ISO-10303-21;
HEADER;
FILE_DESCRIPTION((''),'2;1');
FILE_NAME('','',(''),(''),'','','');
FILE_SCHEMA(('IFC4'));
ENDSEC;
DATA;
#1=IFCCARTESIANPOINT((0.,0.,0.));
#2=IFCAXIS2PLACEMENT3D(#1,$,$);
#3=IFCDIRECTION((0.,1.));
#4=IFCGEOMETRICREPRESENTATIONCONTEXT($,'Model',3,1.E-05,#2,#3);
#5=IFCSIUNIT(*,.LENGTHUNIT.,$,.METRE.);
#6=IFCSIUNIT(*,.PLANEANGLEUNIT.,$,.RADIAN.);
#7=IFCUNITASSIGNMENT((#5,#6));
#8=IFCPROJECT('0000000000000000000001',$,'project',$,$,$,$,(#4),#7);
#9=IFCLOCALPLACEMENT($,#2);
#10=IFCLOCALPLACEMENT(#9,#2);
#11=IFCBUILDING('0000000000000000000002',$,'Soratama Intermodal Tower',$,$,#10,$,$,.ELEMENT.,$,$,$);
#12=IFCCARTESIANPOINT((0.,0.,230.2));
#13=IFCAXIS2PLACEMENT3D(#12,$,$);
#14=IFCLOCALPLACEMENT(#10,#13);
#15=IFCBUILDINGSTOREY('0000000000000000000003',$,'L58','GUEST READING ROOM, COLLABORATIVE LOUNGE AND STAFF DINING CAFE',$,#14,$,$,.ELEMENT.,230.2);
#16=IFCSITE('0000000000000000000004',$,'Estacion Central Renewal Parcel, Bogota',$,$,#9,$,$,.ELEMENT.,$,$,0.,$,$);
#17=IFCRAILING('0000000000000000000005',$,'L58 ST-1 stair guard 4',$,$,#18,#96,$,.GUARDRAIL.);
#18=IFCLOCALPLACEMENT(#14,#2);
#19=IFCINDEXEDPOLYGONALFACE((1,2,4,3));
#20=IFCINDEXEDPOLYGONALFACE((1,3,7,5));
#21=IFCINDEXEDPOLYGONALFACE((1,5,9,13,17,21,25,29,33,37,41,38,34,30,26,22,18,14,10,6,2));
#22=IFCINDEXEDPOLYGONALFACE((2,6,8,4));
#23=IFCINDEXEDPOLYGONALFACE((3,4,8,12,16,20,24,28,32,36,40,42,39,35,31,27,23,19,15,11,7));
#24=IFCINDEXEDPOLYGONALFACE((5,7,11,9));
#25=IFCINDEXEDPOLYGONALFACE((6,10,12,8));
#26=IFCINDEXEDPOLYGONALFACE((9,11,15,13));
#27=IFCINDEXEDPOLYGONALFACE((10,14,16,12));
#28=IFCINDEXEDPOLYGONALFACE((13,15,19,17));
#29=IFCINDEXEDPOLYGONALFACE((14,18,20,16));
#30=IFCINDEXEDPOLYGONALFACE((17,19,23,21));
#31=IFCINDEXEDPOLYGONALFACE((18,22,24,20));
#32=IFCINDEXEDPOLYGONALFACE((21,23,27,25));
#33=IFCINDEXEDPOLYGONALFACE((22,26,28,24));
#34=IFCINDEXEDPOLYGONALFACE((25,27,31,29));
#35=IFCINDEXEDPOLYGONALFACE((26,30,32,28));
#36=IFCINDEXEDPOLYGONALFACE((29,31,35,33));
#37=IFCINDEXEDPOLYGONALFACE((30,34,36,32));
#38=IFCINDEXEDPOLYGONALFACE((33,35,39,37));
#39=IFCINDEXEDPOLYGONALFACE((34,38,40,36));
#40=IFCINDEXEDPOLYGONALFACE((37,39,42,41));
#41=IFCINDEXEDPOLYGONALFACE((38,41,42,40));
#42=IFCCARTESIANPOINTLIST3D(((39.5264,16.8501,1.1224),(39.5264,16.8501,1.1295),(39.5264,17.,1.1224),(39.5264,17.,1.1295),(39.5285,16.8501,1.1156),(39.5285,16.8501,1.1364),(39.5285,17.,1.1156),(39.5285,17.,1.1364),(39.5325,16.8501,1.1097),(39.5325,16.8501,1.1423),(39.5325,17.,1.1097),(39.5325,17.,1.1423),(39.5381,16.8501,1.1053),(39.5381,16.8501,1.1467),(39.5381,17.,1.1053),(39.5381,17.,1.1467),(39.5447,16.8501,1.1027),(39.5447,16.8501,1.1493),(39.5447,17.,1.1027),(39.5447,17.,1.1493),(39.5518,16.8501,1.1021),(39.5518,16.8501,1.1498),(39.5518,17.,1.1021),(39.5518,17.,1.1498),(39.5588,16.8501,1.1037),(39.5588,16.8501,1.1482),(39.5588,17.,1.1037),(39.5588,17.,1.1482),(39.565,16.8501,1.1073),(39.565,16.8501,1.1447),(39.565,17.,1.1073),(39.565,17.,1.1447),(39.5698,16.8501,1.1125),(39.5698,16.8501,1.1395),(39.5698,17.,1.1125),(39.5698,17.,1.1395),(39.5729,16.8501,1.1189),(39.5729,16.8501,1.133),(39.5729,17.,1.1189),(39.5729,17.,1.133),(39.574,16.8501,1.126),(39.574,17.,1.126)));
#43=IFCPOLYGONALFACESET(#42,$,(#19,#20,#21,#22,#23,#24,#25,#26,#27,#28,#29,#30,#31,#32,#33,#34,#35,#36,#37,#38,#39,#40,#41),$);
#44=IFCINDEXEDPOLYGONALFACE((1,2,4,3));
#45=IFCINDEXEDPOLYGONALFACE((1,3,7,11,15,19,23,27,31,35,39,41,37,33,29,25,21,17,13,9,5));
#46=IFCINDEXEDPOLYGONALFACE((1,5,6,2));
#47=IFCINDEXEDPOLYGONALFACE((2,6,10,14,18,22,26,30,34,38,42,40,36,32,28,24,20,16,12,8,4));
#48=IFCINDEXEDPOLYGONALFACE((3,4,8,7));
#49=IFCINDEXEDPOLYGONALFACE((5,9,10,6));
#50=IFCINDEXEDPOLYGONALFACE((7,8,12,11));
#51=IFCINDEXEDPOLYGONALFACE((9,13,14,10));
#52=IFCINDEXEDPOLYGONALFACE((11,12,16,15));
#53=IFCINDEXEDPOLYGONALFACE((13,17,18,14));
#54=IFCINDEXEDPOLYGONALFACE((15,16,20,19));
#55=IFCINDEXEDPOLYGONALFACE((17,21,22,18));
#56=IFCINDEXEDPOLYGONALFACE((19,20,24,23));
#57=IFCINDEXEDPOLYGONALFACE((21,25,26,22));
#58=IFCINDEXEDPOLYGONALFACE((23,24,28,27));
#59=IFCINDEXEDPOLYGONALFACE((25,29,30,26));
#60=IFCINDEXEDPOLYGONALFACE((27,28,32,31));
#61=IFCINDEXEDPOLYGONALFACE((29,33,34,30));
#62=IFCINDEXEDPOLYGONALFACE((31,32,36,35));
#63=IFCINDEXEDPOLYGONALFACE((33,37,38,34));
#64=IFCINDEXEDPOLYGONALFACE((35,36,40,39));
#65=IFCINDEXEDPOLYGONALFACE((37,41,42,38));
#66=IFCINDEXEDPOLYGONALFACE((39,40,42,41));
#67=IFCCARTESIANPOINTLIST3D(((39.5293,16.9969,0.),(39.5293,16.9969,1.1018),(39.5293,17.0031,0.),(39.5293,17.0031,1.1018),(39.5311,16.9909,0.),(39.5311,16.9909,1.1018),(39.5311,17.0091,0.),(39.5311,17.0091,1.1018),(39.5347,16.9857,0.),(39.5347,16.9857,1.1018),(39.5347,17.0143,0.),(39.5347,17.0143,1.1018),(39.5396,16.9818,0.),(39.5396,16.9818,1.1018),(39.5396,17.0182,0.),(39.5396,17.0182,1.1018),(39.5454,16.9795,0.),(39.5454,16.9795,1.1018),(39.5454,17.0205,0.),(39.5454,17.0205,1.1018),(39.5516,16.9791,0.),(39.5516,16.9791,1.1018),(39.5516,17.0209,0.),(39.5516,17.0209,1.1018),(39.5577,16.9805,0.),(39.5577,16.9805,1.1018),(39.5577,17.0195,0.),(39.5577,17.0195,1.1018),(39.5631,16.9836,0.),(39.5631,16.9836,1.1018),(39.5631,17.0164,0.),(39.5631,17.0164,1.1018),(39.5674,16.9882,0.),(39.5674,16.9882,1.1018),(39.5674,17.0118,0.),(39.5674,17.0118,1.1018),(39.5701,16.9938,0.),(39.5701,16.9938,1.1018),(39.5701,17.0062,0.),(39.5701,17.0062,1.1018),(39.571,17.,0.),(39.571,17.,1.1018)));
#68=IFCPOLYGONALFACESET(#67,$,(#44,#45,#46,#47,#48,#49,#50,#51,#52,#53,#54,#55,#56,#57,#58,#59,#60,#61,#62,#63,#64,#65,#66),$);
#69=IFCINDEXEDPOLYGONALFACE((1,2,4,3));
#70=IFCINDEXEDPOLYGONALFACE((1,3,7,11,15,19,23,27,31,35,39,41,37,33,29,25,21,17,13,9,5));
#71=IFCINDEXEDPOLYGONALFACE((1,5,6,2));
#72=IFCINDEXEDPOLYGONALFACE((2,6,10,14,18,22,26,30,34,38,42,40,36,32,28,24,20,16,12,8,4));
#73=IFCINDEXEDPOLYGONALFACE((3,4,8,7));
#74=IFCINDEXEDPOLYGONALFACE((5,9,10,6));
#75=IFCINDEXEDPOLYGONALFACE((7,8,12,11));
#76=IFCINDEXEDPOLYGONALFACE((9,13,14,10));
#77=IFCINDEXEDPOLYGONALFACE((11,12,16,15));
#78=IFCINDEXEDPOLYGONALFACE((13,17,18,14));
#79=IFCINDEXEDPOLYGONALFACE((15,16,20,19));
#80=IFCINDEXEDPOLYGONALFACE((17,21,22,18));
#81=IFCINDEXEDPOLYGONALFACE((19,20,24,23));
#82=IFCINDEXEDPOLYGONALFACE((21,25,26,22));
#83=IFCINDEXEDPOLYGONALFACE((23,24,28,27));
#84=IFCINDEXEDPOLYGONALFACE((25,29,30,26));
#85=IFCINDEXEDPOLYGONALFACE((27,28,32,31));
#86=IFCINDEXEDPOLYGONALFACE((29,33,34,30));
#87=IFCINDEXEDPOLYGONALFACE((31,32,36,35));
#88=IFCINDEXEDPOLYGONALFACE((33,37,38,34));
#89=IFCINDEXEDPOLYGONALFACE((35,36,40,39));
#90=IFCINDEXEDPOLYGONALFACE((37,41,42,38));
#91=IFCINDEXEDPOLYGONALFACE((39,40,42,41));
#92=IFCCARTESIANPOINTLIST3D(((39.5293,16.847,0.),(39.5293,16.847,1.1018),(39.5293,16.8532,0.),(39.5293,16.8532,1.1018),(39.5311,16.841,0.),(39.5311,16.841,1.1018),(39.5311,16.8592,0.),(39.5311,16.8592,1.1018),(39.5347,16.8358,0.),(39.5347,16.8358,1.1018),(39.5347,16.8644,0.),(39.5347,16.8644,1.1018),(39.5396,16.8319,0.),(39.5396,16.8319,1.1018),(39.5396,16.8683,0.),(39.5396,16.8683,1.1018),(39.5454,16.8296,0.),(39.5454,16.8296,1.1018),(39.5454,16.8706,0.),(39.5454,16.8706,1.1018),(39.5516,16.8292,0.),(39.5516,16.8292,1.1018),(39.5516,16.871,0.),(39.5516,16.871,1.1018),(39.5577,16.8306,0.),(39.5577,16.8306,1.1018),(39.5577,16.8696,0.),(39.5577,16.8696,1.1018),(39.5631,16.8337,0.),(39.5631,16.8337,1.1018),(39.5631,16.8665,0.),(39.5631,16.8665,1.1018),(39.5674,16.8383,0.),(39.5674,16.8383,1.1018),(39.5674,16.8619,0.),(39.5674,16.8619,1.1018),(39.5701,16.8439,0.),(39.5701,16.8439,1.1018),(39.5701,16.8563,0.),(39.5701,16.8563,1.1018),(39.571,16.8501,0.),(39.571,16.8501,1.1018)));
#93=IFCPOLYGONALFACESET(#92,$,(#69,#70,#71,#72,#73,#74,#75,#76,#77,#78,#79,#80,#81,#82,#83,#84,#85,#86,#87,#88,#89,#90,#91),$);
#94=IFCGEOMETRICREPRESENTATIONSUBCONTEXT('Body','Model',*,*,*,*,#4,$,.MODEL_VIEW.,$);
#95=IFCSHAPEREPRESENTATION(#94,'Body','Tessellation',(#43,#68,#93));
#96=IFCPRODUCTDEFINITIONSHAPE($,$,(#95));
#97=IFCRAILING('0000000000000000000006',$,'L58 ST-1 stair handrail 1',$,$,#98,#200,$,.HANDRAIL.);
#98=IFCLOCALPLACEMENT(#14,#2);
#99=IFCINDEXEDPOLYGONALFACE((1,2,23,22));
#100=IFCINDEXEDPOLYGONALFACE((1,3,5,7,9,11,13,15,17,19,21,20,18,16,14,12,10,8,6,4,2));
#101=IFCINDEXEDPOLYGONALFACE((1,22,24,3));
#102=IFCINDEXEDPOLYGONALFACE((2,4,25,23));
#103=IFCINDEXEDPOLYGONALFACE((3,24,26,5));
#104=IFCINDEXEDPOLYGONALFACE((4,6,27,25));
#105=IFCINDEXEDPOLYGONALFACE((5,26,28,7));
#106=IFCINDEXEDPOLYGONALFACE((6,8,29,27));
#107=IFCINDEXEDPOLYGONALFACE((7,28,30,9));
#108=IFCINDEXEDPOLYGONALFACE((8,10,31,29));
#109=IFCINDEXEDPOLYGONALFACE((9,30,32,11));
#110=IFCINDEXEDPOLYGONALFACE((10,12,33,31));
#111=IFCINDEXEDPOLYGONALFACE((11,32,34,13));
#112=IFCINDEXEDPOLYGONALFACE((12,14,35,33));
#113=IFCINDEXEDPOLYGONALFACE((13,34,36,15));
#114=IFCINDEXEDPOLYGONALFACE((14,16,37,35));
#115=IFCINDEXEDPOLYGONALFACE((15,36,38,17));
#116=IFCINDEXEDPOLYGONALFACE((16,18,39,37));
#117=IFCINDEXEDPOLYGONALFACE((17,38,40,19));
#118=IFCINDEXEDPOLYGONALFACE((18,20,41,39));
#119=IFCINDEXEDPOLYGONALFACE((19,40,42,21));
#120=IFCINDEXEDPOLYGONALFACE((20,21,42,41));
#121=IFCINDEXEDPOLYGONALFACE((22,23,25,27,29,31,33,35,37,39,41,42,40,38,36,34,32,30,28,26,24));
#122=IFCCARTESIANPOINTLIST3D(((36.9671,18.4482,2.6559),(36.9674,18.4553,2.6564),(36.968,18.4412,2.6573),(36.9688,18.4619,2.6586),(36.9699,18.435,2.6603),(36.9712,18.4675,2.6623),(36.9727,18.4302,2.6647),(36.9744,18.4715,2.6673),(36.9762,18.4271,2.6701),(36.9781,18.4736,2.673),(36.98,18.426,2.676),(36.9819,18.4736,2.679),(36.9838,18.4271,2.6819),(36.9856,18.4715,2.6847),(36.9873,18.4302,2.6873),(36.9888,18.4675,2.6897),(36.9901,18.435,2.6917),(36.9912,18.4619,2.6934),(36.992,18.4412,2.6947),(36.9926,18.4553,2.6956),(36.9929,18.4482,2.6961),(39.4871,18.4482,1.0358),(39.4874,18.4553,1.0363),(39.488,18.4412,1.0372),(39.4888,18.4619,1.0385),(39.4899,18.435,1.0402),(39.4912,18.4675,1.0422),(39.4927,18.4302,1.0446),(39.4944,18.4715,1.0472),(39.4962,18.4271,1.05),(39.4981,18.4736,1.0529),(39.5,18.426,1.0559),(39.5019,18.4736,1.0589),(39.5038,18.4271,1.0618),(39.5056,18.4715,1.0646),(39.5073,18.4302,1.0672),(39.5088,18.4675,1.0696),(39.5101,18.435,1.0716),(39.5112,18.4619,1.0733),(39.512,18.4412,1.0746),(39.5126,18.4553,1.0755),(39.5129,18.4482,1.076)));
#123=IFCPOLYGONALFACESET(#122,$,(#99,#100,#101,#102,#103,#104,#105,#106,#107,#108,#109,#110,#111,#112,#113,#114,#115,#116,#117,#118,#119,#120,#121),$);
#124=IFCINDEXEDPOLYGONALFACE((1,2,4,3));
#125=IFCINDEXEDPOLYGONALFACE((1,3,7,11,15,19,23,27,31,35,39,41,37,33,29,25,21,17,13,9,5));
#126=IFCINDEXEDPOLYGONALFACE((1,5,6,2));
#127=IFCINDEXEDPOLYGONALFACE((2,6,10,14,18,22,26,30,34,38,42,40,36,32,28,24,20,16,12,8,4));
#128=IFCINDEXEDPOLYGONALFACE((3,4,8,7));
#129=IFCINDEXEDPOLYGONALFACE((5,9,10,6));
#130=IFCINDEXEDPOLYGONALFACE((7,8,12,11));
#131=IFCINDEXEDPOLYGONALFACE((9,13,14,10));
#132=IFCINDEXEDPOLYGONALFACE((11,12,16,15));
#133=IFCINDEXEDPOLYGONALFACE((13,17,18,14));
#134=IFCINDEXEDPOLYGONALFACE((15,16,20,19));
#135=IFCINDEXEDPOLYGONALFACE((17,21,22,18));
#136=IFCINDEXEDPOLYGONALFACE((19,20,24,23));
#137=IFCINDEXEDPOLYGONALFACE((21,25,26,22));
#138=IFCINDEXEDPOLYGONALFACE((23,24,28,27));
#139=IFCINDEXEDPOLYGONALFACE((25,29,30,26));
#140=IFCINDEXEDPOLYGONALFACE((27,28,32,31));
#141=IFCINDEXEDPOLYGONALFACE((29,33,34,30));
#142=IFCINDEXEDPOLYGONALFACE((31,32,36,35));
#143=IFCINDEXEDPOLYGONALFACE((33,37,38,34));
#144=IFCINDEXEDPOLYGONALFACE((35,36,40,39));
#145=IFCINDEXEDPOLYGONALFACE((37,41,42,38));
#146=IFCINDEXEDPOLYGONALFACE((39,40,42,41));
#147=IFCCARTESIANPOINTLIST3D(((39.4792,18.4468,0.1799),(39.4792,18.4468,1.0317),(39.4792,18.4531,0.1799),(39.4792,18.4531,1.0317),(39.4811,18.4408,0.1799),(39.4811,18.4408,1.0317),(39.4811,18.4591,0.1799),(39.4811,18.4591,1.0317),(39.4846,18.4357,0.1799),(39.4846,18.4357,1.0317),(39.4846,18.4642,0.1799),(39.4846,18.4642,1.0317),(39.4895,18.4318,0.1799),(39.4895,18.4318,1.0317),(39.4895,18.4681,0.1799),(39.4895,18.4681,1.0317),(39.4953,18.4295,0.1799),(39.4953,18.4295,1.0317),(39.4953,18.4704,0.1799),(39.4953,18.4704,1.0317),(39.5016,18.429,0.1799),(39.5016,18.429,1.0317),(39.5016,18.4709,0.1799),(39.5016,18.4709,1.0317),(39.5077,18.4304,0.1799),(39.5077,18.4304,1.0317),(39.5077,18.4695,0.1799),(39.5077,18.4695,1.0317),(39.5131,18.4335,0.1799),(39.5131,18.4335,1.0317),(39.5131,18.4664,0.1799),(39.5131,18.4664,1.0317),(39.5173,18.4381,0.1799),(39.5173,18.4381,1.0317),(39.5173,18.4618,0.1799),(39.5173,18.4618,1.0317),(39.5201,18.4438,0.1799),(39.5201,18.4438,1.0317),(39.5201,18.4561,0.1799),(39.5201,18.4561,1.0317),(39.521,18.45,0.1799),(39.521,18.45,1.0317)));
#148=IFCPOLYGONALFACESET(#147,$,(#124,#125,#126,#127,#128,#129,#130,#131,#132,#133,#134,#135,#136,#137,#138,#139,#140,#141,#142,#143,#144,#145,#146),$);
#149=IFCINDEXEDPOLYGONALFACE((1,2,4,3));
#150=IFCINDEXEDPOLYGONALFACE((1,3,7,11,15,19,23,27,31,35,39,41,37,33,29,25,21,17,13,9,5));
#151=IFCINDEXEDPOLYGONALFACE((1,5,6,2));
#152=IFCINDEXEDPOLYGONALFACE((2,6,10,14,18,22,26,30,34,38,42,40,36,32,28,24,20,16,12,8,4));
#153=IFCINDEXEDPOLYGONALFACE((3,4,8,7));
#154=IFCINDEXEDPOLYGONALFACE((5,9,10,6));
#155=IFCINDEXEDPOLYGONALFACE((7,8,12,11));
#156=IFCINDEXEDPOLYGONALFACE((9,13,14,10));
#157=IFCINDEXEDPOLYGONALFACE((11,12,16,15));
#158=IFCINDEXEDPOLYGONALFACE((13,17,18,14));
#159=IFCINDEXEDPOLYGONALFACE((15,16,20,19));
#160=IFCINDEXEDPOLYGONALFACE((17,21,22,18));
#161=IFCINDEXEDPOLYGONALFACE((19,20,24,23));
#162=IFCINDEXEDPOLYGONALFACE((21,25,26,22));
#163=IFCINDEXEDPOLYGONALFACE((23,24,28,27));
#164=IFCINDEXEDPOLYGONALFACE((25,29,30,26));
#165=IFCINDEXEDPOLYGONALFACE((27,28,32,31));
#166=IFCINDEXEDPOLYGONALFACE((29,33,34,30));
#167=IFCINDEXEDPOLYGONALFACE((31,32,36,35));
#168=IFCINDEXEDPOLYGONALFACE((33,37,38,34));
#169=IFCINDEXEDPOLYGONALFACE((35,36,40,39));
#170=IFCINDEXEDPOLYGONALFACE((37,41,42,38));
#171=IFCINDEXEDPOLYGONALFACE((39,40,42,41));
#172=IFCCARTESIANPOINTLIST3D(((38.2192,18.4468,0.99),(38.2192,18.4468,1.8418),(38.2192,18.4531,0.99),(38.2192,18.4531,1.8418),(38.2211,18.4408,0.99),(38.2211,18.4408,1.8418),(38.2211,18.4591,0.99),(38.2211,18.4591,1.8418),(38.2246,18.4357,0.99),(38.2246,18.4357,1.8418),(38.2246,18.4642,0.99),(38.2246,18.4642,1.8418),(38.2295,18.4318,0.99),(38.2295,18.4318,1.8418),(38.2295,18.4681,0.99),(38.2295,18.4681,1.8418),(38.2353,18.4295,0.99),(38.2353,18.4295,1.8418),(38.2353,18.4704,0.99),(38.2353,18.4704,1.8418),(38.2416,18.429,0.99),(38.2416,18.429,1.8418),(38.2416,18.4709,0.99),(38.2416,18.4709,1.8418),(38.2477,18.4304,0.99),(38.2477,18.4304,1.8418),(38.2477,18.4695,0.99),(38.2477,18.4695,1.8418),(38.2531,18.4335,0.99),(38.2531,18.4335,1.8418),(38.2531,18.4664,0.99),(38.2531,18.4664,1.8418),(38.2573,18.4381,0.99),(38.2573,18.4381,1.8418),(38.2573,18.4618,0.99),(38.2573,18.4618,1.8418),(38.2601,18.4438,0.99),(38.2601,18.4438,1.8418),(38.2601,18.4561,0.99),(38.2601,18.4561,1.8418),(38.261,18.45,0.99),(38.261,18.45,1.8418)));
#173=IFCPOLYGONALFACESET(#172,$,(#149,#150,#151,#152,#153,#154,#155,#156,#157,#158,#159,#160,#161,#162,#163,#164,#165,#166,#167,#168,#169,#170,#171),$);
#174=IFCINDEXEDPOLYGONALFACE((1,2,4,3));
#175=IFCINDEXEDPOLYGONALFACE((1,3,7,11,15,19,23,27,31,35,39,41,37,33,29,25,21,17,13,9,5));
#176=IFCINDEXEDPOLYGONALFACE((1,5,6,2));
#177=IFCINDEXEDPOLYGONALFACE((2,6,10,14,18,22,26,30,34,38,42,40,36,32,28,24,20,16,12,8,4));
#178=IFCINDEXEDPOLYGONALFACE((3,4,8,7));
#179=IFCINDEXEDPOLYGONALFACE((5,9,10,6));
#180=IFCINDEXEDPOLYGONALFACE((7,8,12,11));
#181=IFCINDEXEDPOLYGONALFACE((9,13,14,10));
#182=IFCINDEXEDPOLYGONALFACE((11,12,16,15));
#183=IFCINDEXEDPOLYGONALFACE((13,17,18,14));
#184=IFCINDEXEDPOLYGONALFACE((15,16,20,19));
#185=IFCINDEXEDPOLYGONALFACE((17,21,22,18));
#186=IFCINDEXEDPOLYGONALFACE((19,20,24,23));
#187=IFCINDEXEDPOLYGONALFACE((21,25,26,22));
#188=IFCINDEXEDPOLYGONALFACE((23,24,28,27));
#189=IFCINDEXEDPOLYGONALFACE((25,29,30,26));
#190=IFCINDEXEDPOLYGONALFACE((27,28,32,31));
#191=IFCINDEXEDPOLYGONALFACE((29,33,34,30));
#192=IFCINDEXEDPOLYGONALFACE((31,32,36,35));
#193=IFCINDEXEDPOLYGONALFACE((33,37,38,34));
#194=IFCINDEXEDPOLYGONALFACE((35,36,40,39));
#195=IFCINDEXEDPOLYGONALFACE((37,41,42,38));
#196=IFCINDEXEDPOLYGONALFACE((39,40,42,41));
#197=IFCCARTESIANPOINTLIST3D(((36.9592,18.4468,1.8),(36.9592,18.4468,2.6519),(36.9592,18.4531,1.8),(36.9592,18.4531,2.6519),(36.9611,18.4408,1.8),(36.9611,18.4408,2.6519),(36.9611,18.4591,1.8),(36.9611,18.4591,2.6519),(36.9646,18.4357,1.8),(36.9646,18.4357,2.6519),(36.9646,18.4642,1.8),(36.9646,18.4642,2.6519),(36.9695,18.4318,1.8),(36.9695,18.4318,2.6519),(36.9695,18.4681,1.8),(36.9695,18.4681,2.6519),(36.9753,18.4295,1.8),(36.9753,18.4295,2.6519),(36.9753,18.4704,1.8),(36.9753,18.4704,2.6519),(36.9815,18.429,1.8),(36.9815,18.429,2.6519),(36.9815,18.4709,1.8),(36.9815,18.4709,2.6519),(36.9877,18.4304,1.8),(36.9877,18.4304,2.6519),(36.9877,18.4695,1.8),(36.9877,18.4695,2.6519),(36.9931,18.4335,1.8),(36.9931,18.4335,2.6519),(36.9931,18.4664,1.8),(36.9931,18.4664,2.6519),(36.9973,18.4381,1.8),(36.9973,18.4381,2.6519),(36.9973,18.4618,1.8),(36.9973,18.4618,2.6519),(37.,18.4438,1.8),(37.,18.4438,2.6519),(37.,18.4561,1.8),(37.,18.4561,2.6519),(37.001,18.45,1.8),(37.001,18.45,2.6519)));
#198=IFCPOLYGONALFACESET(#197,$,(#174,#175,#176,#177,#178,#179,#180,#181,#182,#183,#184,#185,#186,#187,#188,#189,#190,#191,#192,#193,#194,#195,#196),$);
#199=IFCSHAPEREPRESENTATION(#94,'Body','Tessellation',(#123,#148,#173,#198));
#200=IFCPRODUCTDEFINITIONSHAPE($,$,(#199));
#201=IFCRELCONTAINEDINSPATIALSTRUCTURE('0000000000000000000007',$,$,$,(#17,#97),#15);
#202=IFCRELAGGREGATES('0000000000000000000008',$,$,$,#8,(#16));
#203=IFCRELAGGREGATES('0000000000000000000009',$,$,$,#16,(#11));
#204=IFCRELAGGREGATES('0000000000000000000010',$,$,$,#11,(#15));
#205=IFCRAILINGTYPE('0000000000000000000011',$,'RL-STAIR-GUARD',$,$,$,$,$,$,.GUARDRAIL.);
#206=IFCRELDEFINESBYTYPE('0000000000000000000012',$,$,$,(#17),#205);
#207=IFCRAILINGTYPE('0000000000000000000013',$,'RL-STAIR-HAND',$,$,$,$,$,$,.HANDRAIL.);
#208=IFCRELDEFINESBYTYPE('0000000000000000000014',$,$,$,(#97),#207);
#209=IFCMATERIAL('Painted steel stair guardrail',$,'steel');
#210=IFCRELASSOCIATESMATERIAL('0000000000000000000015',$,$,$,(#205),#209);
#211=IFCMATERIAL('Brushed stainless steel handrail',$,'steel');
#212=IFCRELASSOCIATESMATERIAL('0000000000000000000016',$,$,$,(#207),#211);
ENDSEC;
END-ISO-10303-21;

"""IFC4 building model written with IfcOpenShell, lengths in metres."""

from ifc_helpers import new_model, si_unit, direction, frame, origin, origin_2d, place, context, subcontext, project, spatial, circle, extrude, material, type_object, element, save


model = new_model("IFC4")

# Units and contexts
model_context = context("Model", 3, precision=1e-05, world=origin(), true_north=direction((0.0, 1.0)))
body_context = subcontext(model_context, "Body", "Model", "MODEL_VIEW")
ifc_project = project(units=[si_unit("LENGTHUNIT", "METRE"), si_unit("PLANEANGLEUNIT", "RADIAN")], contexts=[model_context])

# Site, building, storey
site_placement = place(None, origin())
site = spatial("IfcSite", under=ifc_project, at=site_placement, Name="Estacion Central Renewal Parcel, Bogota", CompositionType="ELEMENT", RefElevation=0.0)
building_placement = place(site_placement, origin())
building = spatial("IfcBuilding", under=site, at=building_placement, Name="Soratama Intermodal Tower", CompositionType="ELEMENT")
storey_placement = place(building_placement, frame((0.0, 0.0, 230.2)))
storey = spatial("IfcBuildingStorey", under=building, at=storey_placement, Name="L58", Description="GUEST READING ROOM, COLLABORATIVE LOUNGE AND STAFF DINING CAFE", CompositionType="ELEMENT", Elevation=230.2)

# Railings
ifc_material_1 = material(Name="Painted steel stair guardrail", Category="steel")
railing_type_1 = type_object("IfcRailingType", Name="RL-STAIR-GUARD", PredefinedType="GUARDRAIL", material=ifc_material_1)
railing_1_placement = place(storey_placement, frame((39.55, 17.0, 0.0)))
element("IfcRailing", 1, at=railing_1_placement, inside=storey, type_object=railing_type_1, Name="L58 ST-1 stair guard 4", PredefinedType="GUARDRAIL", context=body_context, shape_type="SweptSolid", body=[
    extrude(circle(Radius=0.0239, at=origin_2d()), frame((0.0, 0.0, 1.126), z_axis=(0.0, -1.0, 0.0), x_axis=(1.0, 0.0, 0.0)), (0.0, 0.0, 1.0), 0.1499),
    extrude(circle(Radius=0.021, at=origin_2d()), origin(), (0.0, 0.0, 1.0), 1.1018),
    extrude(circle(Radius=0.021, at=origin_2d()), frame((0.0, -0.1499, 0.0)), (0.0, 0.0, 1.0), 1.1018),
])
ifc_material_2 = material(Name="Brushed stainless steel handrail", Category="steel")
railing_type_2 = type_object("IfcRailingType", Name="RL-STAIR-HAND", PredefinedType="HANDRAIL", material=ifc_material_2)
railing_2_placement = place(storey_placement, frame((39.5, 18.45, 0.1799)))
element("IfcRailing", 2, at=railing_2_placement, inside=storey, type_object=railing_type_2, Name="L58 ST-1 stair handrail 1", PredefinedType="HANDRAIL", context=body_context, shape_type="SweptSolid", body=[
    extrude(circle(Radius=0.0239, at=origin_2d()), frame((0.0, 0.0, 0.876), z_axis=(-0.841163, 0.0, 0.540782), x_axis=(0.0, -1.0, 0.0)), (0.0, 0.0, 1.0), 2.9958),
    extrude(circle(Radius=0.021, at=origin_2d()), origin(), (0.0, 0.0, 1.0), 0.8518),
    extrude(circle(Radius=0.021, at=origin_2d()), frame((-1.26, 0.0, 0.8101)), (0.0, 0.0, 1.0), 0.8518),
    extrude(circle(Radius=0.021, at=origin_2d()), frame((-2.52, 0.0, 1.6201)), (0.0, 0.0, 1.0), 0.8518),
])

save(model, "model.ifc")
